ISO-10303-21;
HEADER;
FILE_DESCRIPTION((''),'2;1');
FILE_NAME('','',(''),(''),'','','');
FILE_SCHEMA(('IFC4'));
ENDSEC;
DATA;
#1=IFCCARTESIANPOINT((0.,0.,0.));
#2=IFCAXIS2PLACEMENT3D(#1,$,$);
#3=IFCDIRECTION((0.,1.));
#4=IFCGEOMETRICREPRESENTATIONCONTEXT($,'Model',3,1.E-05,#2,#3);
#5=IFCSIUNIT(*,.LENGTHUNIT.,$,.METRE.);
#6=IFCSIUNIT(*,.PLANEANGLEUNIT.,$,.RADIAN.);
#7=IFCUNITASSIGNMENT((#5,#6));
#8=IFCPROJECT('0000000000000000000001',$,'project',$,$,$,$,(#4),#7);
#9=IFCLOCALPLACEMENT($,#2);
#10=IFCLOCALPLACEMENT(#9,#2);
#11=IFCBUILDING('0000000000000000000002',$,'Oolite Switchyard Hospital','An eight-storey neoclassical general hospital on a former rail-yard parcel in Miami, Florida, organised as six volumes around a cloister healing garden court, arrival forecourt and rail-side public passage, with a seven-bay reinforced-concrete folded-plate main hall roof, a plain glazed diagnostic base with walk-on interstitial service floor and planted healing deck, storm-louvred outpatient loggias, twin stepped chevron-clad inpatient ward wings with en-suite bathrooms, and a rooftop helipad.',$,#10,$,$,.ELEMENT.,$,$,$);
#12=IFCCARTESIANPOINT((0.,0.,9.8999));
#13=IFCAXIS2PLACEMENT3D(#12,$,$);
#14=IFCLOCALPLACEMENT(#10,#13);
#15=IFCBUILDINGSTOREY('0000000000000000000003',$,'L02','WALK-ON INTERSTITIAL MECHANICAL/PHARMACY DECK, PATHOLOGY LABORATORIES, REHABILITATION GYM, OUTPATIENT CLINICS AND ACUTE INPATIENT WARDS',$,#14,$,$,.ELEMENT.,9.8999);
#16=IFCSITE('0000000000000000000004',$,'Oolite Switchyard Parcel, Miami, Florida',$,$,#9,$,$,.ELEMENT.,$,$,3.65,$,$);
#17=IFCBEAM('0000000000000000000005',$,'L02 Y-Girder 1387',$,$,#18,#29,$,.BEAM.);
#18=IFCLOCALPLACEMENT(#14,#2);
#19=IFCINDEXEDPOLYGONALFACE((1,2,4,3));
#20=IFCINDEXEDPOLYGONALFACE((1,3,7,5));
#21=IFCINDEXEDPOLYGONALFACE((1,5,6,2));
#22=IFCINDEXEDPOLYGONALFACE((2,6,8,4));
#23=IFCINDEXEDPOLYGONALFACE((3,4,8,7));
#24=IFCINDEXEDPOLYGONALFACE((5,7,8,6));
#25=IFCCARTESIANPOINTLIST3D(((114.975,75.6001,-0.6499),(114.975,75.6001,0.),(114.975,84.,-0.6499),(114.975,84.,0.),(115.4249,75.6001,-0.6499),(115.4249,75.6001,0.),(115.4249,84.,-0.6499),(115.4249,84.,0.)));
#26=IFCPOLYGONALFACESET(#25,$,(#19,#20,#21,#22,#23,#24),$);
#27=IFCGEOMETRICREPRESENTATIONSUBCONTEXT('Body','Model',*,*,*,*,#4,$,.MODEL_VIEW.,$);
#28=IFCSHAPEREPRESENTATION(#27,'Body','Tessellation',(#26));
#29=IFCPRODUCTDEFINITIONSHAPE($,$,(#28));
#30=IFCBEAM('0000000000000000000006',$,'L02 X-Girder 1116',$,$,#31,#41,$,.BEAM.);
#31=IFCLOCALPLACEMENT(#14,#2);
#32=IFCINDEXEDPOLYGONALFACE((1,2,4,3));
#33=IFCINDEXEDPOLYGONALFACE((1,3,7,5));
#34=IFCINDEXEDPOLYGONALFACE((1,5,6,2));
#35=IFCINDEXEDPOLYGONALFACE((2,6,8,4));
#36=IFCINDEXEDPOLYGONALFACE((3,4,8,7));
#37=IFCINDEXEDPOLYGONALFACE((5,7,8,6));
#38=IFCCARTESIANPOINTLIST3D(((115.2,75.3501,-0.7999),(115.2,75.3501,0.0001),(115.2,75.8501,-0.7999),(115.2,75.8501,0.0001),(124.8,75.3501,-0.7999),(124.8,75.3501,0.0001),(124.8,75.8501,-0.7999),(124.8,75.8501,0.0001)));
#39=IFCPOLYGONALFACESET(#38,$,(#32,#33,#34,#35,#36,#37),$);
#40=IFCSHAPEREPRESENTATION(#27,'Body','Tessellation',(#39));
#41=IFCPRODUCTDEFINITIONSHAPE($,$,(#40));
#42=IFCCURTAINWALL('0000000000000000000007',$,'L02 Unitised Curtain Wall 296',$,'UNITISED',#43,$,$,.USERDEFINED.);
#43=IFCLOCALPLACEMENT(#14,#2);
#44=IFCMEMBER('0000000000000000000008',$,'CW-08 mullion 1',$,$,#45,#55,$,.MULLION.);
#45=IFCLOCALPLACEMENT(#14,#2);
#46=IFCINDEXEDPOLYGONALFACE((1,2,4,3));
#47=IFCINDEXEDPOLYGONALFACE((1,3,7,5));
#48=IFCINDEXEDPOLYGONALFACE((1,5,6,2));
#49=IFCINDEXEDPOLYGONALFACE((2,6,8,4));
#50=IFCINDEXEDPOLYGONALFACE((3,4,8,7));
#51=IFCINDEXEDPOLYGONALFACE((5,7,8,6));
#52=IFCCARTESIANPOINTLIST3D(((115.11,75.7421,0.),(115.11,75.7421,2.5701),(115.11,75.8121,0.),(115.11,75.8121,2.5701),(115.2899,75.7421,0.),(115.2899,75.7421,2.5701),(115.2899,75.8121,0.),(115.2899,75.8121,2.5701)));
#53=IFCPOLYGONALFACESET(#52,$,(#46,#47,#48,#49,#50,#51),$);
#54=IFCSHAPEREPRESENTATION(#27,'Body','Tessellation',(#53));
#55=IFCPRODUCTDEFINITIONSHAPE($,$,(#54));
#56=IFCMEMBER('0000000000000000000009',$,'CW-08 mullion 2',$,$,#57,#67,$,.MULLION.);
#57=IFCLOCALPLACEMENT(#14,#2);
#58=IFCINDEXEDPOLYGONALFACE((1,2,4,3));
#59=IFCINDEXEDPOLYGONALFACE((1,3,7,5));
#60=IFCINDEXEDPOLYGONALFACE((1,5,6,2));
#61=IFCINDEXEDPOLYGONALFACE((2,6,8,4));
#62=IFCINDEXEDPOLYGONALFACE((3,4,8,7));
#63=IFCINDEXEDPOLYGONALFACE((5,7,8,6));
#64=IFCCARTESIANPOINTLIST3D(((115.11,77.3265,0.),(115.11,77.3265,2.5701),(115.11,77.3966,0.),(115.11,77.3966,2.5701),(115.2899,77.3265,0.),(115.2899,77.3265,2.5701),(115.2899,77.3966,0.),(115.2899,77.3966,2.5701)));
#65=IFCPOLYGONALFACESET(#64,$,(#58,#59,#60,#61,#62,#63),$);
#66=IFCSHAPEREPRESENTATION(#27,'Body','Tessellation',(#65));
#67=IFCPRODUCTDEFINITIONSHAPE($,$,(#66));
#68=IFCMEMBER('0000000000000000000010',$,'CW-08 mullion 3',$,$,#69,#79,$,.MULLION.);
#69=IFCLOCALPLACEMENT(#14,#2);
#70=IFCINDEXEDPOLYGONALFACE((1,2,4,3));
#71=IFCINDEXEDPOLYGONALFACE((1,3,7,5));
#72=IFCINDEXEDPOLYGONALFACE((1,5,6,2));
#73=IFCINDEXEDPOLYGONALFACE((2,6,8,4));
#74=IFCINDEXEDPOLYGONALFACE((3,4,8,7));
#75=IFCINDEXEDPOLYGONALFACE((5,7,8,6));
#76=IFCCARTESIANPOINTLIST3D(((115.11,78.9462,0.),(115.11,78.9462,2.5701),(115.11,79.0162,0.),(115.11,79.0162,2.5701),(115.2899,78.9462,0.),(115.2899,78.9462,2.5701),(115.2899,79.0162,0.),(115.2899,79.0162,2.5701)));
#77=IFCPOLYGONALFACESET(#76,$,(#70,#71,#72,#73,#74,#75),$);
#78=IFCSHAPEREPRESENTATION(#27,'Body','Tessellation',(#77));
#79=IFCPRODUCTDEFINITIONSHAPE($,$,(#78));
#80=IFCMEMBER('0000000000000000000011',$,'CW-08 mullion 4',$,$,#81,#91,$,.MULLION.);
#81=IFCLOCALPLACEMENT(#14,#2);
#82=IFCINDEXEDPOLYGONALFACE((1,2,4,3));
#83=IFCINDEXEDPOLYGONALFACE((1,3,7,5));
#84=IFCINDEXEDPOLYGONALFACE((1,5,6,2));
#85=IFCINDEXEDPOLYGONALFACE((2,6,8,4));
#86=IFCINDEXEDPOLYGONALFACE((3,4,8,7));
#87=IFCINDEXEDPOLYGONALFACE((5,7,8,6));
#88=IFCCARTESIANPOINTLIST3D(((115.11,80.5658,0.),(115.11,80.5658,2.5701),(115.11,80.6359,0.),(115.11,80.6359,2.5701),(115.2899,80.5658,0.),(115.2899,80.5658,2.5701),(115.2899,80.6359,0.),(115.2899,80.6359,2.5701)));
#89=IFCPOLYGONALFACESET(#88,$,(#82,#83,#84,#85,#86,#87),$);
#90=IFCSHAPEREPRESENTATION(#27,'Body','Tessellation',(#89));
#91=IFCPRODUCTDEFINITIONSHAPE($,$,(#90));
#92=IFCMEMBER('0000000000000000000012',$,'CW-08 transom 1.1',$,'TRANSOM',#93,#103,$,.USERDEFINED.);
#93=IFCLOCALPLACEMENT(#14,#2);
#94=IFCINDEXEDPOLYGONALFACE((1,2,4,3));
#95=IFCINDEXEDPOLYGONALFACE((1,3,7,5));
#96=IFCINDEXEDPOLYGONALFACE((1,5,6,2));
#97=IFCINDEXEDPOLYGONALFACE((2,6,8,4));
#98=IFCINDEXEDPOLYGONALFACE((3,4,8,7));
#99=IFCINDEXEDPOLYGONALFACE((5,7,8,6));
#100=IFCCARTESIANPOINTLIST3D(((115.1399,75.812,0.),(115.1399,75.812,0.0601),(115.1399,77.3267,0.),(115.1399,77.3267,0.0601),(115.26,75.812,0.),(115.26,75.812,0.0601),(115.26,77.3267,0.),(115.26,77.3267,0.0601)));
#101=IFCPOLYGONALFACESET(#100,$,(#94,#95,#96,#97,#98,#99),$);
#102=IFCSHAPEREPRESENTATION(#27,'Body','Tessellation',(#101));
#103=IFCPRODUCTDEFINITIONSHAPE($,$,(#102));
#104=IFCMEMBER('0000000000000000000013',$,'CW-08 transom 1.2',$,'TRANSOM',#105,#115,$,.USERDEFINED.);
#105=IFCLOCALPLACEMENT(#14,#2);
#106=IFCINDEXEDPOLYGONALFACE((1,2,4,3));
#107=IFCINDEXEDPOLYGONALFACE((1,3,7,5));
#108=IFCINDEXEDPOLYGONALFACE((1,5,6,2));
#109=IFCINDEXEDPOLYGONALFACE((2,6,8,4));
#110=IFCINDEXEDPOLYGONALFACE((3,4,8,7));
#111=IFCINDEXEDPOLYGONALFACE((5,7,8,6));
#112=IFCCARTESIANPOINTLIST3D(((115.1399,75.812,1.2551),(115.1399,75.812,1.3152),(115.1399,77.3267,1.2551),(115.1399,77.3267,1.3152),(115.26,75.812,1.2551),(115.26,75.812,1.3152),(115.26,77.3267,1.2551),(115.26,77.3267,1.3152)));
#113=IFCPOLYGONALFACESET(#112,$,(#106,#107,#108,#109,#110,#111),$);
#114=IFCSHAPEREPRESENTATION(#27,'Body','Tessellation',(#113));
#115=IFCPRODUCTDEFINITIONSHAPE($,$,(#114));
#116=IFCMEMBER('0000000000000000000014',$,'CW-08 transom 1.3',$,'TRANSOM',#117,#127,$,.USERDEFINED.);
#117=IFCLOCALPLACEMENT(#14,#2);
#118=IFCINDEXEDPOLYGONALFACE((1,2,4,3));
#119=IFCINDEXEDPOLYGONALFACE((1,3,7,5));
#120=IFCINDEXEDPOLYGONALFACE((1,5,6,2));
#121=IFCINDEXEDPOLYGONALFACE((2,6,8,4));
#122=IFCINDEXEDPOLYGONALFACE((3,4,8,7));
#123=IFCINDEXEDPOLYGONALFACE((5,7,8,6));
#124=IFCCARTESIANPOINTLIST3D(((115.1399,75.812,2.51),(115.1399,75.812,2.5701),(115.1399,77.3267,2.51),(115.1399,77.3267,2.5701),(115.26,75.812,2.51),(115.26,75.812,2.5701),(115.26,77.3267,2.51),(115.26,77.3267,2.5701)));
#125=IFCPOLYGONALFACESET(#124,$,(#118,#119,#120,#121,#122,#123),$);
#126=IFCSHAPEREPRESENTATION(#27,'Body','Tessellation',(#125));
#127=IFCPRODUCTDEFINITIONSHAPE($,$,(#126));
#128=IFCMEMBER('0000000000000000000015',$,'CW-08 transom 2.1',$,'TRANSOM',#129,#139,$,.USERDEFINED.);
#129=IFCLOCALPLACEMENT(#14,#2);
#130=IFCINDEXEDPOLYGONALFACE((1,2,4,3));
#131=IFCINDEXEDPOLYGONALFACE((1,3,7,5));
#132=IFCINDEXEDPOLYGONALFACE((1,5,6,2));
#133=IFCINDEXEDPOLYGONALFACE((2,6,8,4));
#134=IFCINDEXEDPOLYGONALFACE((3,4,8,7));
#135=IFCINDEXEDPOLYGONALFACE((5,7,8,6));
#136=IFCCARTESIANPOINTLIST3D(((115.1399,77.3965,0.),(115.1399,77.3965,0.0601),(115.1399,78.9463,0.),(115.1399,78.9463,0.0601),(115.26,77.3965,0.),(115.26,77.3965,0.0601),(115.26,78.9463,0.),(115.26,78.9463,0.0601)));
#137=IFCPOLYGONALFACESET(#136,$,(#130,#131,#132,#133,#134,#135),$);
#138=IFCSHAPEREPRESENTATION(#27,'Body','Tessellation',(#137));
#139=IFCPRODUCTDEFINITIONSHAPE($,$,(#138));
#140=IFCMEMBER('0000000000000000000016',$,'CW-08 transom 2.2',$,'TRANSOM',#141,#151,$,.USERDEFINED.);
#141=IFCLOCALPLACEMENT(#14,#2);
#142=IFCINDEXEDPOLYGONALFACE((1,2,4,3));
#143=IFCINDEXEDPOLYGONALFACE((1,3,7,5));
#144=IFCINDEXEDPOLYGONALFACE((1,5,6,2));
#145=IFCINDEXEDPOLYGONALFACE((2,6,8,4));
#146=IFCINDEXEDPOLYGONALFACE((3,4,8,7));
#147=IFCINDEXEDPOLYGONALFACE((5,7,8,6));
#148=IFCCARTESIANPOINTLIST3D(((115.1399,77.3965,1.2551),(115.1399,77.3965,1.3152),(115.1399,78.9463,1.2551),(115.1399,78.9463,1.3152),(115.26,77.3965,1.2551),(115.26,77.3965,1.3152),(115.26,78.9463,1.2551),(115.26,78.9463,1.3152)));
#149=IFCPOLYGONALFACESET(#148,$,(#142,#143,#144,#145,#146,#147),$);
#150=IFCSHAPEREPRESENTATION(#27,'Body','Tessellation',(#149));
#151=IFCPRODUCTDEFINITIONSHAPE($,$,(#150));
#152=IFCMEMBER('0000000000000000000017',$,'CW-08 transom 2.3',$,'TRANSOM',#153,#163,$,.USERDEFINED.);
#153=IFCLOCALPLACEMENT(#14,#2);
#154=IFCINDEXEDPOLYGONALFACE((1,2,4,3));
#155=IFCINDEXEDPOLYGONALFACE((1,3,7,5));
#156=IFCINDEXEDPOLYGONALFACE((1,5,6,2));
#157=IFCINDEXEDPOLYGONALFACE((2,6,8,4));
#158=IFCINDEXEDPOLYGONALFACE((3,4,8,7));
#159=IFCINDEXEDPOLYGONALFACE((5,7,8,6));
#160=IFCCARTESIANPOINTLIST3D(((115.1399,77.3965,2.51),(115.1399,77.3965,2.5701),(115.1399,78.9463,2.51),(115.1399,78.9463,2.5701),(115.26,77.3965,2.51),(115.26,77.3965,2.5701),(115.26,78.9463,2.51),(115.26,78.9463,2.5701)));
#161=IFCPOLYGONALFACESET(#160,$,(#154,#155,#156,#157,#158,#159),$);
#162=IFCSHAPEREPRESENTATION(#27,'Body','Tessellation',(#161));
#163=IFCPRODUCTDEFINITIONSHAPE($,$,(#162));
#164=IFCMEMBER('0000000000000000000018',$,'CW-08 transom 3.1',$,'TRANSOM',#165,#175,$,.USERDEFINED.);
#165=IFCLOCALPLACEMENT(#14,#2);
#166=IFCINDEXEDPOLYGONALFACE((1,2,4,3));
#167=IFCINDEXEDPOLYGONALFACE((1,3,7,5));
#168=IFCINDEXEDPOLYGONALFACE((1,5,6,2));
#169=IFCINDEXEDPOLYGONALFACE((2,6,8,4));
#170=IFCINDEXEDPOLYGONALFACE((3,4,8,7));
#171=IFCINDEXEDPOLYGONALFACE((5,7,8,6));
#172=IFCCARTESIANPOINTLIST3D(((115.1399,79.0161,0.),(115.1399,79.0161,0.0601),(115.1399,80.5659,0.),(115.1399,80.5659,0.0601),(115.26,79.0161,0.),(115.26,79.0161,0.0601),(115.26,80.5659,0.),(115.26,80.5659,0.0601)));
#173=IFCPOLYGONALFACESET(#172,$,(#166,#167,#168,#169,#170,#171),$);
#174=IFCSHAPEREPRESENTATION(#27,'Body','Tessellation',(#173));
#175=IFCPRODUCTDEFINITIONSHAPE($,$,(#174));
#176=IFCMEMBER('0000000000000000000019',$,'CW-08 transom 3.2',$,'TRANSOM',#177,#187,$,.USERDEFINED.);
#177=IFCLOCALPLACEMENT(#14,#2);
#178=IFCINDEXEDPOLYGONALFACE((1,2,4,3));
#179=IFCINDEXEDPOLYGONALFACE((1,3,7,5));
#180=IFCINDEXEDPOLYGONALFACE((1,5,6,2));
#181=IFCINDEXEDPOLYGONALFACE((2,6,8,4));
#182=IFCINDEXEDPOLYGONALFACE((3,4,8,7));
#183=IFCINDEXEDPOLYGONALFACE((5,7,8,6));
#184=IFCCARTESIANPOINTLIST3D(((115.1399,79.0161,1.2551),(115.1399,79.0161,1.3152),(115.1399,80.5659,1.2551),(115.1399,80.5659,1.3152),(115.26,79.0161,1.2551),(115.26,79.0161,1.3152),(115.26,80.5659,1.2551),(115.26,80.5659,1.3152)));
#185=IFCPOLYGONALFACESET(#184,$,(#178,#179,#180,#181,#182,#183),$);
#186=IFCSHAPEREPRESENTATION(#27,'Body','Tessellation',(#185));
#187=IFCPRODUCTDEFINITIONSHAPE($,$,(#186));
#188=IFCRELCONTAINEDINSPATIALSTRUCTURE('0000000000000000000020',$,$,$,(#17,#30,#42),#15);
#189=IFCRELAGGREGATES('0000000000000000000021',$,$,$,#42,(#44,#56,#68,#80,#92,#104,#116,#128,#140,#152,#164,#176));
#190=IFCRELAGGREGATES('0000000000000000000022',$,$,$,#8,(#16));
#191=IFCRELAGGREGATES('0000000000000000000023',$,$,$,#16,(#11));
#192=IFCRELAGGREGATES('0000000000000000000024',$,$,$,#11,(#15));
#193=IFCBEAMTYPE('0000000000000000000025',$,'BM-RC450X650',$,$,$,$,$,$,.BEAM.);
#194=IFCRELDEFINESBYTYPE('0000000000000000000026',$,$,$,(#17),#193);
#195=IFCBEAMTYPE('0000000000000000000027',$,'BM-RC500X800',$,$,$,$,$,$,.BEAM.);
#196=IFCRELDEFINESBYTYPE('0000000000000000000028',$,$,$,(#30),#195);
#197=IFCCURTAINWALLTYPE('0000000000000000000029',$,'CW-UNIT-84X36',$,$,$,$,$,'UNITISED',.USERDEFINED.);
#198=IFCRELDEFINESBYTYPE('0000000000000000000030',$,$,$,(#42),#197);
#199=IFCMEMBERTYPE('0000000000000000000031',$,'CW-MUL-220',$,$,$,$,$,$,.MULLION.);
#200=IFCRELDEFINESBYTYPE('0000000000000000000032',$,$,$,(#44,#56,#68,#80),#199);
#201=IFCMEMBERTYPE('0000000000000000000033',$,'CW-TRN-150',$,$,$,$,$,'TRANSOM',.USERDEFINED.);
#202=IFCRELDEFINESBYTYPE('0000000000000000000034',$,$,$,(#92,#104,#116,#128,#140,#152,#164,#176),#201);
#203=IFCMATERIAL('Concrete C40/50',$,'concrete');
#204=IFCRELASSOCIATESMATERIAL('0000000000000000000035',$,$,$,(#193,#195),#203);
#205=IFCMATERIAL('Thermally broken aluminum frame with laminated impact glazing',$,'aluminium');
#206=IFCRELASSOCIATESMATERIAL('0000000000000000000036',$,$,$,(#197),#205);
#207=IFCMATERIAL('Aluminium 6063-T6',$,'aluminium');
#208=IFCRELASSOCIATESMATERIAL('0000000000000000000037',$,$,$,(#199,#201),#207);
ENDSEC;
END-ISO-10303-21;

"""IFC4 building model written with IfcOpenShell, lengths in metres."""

from ifc_helpers import new_model, si_unit, direction, frame, origin, origin_2d, place, context, subcontext, project, spatial, rectangle, extrude, material, material_profile, profile_set, type_object, element, aggregate, save


model = new_model("IFC4")

# Units and contexts
model_context = context("Model", 3, precision=1e-05, world=origin(), true_north=direction((0.0, 1.0)))
body_context = subcontext(model_context, "Body", "Model", "MODEL_VIEW")
ifc_project = project(units=[si_unit("LENGTHUNIT", "METRE"), si_unit("PLANEANGLEUNIT", "RADIAN")], contexts=[model_context])

# Site, building, storey
site_placement = place(None, origin())
site = spatial("IfcSite", under=ifc_project, at=site_placement, Name="Oolite Switchyard Parcel, Miami, Florida", CompositionType="ELEMENT", RefElevation=3.65)
building_placement = place(site_placement, origin())
building = spatial("IfcBuilding", under=site, at=building_placement, Name="Oolite Switchyard Hospital", Description="An eight-storey neoclassical general hospital on a former rail-yard parcel in Miami, Florida, organised as six volumes around a cloister healing garden court, arrival forecourt and rail-side public passage, with a seven-bay reinforced-concrete folded-plate main hall roof, a plain glazed diagnostic base with walk-on interstitial service floor and planted healing deck, storm-louvred outpatient loggias, twin stepped chevron-clad inpatient ward wings with en-suite bathrooms, and a rooftop helipad.", CompositionType="ELEMENT")
storey_placement = place(building_placement, frame((0.0, 0.0, 9.8999)))
storey = spatial("IfcBuildingStorey", under=building, at=storey_placement, Name="L02", Description="WALK-ON INTERSTITIAL MECHANICAL/PHARMACY DECK, PATHOLOGY LABORATORIES, REHABILITATION GYM, OUTPATIENT CLINICS AND ACUTE INPATIENT WARDS", CompositionType="ELEMENT", Elevation=9.8999)

# Beams
ifc_material_1 = material(Name="Concrete C40/50", Category="concrete")
ifc_material_profile_1 = material_profile(ifc_material_1, rectangle(XDim=0.45, YDim=0.6499, at=origin_2d()), Name="RCB450X650")
ifc_profile_set_1 = profile_set([ifc_material_profile_1], Name="Concrete C40/50")
beam_type_1 = type_object("IfcBeamType", Name="BM-RC450X650", PredefinedType="BEAM", material=ifc_profile_set_1)
beam_1_placement = place(storey_placement, frame((115.2, 75.6001, -0.325), z_axis=(0.0, 1.0, 0.0), x_axis=(-1.0, 0.0, 0.0)))
element("IfcBeam", 1, at=beam_1_placement, inside=storey, type_object=beam_type_1, Name="L02 Y-Girder 1387", PredefinedType="BEAM", context=body_context, shape_type="SweptSolid", body=[
    extrude(rectangle(XDim=0.45, YDim=0.6499, at=origin_2d()), origin(), (0.0, 0.0, 1.0), 8.3999),
])
ifc_material_profile_2 = material_profile(ifc_material_1, rectangle(XDim=0.5, YDim=0.8, at=origin_2d()), Name="RCB500X800")
ifc_profile_set_2 = profile_set([ifc_material_profile_2], Name="Concrete C40/50")
beam_type_2 = type_object("IfcBeamType", Name="BM-RC500X800", PredefinedType="BEAM", material=ifc_profile_set_2)
beam_2_placement = place(storey_placement, frame((115.2, 75.6001, -0.3999), z_axis=(1.0, 0.0, 0.0), x_axis=(0.0, 1.0, 0.0)))
element("IfcBeam", 2, at=beam_2_placement, inside=storey, type_object=beam_type_2, Name="L02 X-Girder 1116", PredefinedType="BEAM", context=body_context, shape_type="SweptSolid", body=[
    extrude(rectangle(XDim=0.5, YDim=0.8, at=origin_2d()), origin(), (0.0, 0.0, 1.0), 9.6001),
])

# Curtain wall, members
ifc_material_2 = material(Name="Thermally broken aluminum frame with laminated impact glazing", Category="aluminium")
curtain_wall_type = type_object("IfcCurtainWallType", Name="CW-UNIT-84X36", ElementType="UNITISED", PredefinedType="USERDEFINED", material=ifc_material_2)
curtain_wall_placement = place(storey_placement, origin())
curtain_wall = element("IfcCurtainWall", 3, at=curtain_wall_placement, inside=storey, type_object=curtain_wall_type, Name="L02 Unitised Curtain Wall 296", ObjectType="UNITISED", PredefinedType="USERDEFINED")
ifc_material_3 = material(Name="Aluminium 6063-T6", Category="aluminium")
ifc_material_profile_3 = material_profile(ifc_material_3, rectangle(XDim=0.1799, YDim=0.0701, at=origin_2d()), Name="CWM70X180")
ifc_profile_set_3 = profile_set([ifc_material_profile_3], Name="Aluminium 6063-T6")
member_type_1 = type_object("IfcMemberType", Name="CW-MUL-220", PredefinedType="MULLION", material=ifc_profile_set_3)
member_1_placement = place(storey_placement, frame((115.2, 75.7771, 0.0), z_axis=(0.0, 0.0, 1.0), x_axis=(-1.0, 0.0, 0.0)))
member_1 = element("IfcMember", 4, at=member_1_placement, type_object=member_type_1, Name="CW-08 mullion 1", PredefinedType="MULLION", context=body_context, shape_type="SweptSolid", body=[
    extrude(rectangle(XDim=0.1799, YDim=0.0701, at=origin_2d()), origin(), (0.0, 0.0, 1.0), 2.5701),
])
member_2_placement = place(storey_placement, frame((115.2, 77.3616, 0.0), z_axis=(0.0, 0.0, 1.0), x_axis=(-1.0, 0.0, 0.0)))
member_2 = element("IfcMember", 5, at=member_2_placement, type_object=member_type_1, Name="CW-08 mullion 2", PredefinedType="MULLION", context=body_context, shape_type="SweptSolid", body=[
    extrude(rectangle(XDim=0.1799, YDim=0.0701, at=origin_2d()), origin(), (0.0, 0.0, 1.0), 2.5701),
])
member_3_placement = place(storey_placement, frame((115.2, 78.9812, 0.0), z_axis=(0.0, 0.0, 1.0), x_axis=(-1.0, 0.0, 0.0)))
member_3 = element("IfcMember", 6, at=member_3_placement, type_object=member_type_1, Name="CW-08 mullion 3", PredefinedType="MULLION", context=body_context, shape_type="SweptSolid", body=[
    extrude(rectangle(XDim=0.1799, YDim=0.0701, at=origin_2d()), origin(), (0.0, 0.0, 1.0), 2.5701),
])
member_4_placement = place(storey_placement, frame((115.2, 80.6008, 0.0), z_axis=(0.0, 0.0, 1.0), x_axis=(-1.0, 0.0, 0.0)))
member_4 = element("IfcMember", 7, at=member_4_placement, type_object=member_type_1, Name="CW-08 mullion 4", PredefinedType="MULLION", context=body_context, shape_type="SweptSolid", body=[
    extrude(rectangle(XDim=0.1799, YDim=0.0701, at=origin_2d()), origin(), (0.0, 0.0, 1.0), 2.5701),
])
ifc_material_profile_4 = material_profile(ifc_material_3, rectangle(XDim=0.1201, YDim=0.0601, at=origin_2d()), Name="CWT60X120")
ifc_profile_set_4 = profile_set([ifc_material_profile_4], Name="Aluminium 6063-T6")
member_type_2 = type_object("IfcMemberType", Name="CW-TRN-150", ElementType="TRANSOM", PredefinedType="USERDEFINED", material=ifc_profile_set_4)
member_5_placement = place(storey_placement, frame((115.2, 75.812, 0.03), z_axis=(0.0, 1.0, 0.0), x_axis=(-1.0, 0.0, 0.0)))
member_5 = element("IfcMember", 8, at=member_5_placement, type_object=member_type_2, Name="CW-08 transom 1.1", ObjectType="TRANSOM", PredefinedType="USERDEFINED", context=body_context, shape_type="SweptSolid", body=[
    extrude(rectangle(XDim=0.1201, YDim=0.0601, at=origin_2d()), origin(), (0.0, 0.0, 1.0), 1.5146),
])
member_6_placement = place(storey_placement, frame((115.2, 75.812, 1.2852), z_axis=(0.0, 1.0, 0.0), x_axis=(-1.0, 0.0, 0.0)))
member_6 = element("IfcMember", 9, at=member_6_placement, type_object=member_type_2, Name="CW-08 transom 1.2", ObjectType="TRANSOM", PredefinedType="USERDEFINED", context=body_context, shape_type="SweptSolid", body=[
    extrude(rectangle(XDim=0.1201, YDim=0.0601, at=origin_2d()), origin(), (0.0, 0.0, 1.0), 1.5146),
])
member_7_placement = place(storey_placement, frame((115.2, 75.812, 2.54), z_axis=(0.0, 1.0, 0.0), x_axis=(-1.0, 0.0, 0.0)))
member_7 = element("IfcMember", 10, at=member_7_placement, type_object=member_type_2, Name="CW-08 transom 1.3", ObjectType="TRANSOM", PredefinedType="USERDEFINED", context=body_context, shape_type="SweptSolid", body=[
    extrude(rectangle(XDim=0.1201, YDim=0.0601, at=origin_2d()), origin(), (0.0, 0.0, 1.0), 1.5146),
])
member_8_placement = place(storey_placement, frame((115.2, 77.3965, 0.03), z_axis=(0.0, 1.0, 0.0), x_axis=(-1.0, 0.0, 0.0)))
member_8 = element("IfcMember", 11, at=member_8_placement, type_object=member_type_2, Name="CW-08 transom 2.1", ObjectType="TRANSOM", PredefinedType="USERDEFINED", context=body_context, shape_type="SweptSolid", body=[
    extrude(rectangle(XDim=0.1201, YDim=0.0601, at=origin_2d()), origin(), (0.0, 0.0, 1.0), 1.5498),
])
member_9_placement = place(storey_placement, frame((115.2, 77.3965, 1.2852), z_axis=(0.0, 1.0, 0.0), x_axis=(-1.0, 0.0, 0.0)))
member_9 = element("IfcMember", 12, at=member_9_placement, type_object=member_type_2, Name="CW-08 transom 2.2", ObjectType="TRANSOM", PredefinedType="USERDEFINED", context=body_context, shape_type="SweptSolid", body=[
    extrude(rectangle(XDim=0.1201, YDim=0.0601, at=origin_2d()), origin(), (0.0, 0.0, 1.0), 1.5498),
])
member_10_placement = place(storey_placement, frame((115.2, 77.3965, 2.54), z_axis=(0.0, 1.0, 0.0), x_axis=(-1.0, 0.0, 0.0)))
member_10 = element("IfcMember", 13, at=member_10_placement, type_object=member_type_2, Name="CW-08 transom 2.3", ObjectType="TRANSOM", PredefinedType="USERDEFINED", context=body_context, shape_type="SweptSolid", body=[
    extrude(rectangle(XDim=0.1201, YDim=0.0601, at=origin_2d()), origin(), (0.0, 0.0, 1.0), 1.5498),
])
member_11_placement = place(storey_placement, frame((115.2, 79.0161, 0.03), z_axis=(0.0, 1.0, 0.0), x_axis=(-1.0, 0.0, 0.0)))
member_11 = element("IfcMember", 14, at=member_11_placement, type_object=member_type_2, Name="CW-08 transom 3.1", ObjectType="TRANSOM", PredefinedType="USERDEFINED", context=body_context, shape_type="SweptSolid", body=[
    extrude(rectangle(XDim=0.1201, YDim=0.0601, at=origin_2d()), origin(), (0.0, 0.0, 1.0), 1.5498),
])
member_12_placement = place(storey_placement, frame((115.2, 79.0161, 1.2852), z_axis=(0.0, 1.0, 0.0), x_axis=(-1.0, 0.0, 0.0)))
member_12 = element("IfcMember", 15, at=member_12_placement, type_object=member_type_2, Name="CW-08 transom 3.2", ObjectType="TRANSOM", PredefinedType="USERDEFINED", context=body_context, shape_type="SweptSolid", body=[
    extrude(rectangle(XDim=0.1201, YDim=0.0601, at=origin_2d()), origin(), (0.0, 0.0, 1.0), 1.5498),
])
aggregate(curtain_wall, [member_1, member_2, member_3, member_4, member_5, member_6, member_7, member_8, member_9, member_10, member_11, member_12])

save(model, "model.ifc")
